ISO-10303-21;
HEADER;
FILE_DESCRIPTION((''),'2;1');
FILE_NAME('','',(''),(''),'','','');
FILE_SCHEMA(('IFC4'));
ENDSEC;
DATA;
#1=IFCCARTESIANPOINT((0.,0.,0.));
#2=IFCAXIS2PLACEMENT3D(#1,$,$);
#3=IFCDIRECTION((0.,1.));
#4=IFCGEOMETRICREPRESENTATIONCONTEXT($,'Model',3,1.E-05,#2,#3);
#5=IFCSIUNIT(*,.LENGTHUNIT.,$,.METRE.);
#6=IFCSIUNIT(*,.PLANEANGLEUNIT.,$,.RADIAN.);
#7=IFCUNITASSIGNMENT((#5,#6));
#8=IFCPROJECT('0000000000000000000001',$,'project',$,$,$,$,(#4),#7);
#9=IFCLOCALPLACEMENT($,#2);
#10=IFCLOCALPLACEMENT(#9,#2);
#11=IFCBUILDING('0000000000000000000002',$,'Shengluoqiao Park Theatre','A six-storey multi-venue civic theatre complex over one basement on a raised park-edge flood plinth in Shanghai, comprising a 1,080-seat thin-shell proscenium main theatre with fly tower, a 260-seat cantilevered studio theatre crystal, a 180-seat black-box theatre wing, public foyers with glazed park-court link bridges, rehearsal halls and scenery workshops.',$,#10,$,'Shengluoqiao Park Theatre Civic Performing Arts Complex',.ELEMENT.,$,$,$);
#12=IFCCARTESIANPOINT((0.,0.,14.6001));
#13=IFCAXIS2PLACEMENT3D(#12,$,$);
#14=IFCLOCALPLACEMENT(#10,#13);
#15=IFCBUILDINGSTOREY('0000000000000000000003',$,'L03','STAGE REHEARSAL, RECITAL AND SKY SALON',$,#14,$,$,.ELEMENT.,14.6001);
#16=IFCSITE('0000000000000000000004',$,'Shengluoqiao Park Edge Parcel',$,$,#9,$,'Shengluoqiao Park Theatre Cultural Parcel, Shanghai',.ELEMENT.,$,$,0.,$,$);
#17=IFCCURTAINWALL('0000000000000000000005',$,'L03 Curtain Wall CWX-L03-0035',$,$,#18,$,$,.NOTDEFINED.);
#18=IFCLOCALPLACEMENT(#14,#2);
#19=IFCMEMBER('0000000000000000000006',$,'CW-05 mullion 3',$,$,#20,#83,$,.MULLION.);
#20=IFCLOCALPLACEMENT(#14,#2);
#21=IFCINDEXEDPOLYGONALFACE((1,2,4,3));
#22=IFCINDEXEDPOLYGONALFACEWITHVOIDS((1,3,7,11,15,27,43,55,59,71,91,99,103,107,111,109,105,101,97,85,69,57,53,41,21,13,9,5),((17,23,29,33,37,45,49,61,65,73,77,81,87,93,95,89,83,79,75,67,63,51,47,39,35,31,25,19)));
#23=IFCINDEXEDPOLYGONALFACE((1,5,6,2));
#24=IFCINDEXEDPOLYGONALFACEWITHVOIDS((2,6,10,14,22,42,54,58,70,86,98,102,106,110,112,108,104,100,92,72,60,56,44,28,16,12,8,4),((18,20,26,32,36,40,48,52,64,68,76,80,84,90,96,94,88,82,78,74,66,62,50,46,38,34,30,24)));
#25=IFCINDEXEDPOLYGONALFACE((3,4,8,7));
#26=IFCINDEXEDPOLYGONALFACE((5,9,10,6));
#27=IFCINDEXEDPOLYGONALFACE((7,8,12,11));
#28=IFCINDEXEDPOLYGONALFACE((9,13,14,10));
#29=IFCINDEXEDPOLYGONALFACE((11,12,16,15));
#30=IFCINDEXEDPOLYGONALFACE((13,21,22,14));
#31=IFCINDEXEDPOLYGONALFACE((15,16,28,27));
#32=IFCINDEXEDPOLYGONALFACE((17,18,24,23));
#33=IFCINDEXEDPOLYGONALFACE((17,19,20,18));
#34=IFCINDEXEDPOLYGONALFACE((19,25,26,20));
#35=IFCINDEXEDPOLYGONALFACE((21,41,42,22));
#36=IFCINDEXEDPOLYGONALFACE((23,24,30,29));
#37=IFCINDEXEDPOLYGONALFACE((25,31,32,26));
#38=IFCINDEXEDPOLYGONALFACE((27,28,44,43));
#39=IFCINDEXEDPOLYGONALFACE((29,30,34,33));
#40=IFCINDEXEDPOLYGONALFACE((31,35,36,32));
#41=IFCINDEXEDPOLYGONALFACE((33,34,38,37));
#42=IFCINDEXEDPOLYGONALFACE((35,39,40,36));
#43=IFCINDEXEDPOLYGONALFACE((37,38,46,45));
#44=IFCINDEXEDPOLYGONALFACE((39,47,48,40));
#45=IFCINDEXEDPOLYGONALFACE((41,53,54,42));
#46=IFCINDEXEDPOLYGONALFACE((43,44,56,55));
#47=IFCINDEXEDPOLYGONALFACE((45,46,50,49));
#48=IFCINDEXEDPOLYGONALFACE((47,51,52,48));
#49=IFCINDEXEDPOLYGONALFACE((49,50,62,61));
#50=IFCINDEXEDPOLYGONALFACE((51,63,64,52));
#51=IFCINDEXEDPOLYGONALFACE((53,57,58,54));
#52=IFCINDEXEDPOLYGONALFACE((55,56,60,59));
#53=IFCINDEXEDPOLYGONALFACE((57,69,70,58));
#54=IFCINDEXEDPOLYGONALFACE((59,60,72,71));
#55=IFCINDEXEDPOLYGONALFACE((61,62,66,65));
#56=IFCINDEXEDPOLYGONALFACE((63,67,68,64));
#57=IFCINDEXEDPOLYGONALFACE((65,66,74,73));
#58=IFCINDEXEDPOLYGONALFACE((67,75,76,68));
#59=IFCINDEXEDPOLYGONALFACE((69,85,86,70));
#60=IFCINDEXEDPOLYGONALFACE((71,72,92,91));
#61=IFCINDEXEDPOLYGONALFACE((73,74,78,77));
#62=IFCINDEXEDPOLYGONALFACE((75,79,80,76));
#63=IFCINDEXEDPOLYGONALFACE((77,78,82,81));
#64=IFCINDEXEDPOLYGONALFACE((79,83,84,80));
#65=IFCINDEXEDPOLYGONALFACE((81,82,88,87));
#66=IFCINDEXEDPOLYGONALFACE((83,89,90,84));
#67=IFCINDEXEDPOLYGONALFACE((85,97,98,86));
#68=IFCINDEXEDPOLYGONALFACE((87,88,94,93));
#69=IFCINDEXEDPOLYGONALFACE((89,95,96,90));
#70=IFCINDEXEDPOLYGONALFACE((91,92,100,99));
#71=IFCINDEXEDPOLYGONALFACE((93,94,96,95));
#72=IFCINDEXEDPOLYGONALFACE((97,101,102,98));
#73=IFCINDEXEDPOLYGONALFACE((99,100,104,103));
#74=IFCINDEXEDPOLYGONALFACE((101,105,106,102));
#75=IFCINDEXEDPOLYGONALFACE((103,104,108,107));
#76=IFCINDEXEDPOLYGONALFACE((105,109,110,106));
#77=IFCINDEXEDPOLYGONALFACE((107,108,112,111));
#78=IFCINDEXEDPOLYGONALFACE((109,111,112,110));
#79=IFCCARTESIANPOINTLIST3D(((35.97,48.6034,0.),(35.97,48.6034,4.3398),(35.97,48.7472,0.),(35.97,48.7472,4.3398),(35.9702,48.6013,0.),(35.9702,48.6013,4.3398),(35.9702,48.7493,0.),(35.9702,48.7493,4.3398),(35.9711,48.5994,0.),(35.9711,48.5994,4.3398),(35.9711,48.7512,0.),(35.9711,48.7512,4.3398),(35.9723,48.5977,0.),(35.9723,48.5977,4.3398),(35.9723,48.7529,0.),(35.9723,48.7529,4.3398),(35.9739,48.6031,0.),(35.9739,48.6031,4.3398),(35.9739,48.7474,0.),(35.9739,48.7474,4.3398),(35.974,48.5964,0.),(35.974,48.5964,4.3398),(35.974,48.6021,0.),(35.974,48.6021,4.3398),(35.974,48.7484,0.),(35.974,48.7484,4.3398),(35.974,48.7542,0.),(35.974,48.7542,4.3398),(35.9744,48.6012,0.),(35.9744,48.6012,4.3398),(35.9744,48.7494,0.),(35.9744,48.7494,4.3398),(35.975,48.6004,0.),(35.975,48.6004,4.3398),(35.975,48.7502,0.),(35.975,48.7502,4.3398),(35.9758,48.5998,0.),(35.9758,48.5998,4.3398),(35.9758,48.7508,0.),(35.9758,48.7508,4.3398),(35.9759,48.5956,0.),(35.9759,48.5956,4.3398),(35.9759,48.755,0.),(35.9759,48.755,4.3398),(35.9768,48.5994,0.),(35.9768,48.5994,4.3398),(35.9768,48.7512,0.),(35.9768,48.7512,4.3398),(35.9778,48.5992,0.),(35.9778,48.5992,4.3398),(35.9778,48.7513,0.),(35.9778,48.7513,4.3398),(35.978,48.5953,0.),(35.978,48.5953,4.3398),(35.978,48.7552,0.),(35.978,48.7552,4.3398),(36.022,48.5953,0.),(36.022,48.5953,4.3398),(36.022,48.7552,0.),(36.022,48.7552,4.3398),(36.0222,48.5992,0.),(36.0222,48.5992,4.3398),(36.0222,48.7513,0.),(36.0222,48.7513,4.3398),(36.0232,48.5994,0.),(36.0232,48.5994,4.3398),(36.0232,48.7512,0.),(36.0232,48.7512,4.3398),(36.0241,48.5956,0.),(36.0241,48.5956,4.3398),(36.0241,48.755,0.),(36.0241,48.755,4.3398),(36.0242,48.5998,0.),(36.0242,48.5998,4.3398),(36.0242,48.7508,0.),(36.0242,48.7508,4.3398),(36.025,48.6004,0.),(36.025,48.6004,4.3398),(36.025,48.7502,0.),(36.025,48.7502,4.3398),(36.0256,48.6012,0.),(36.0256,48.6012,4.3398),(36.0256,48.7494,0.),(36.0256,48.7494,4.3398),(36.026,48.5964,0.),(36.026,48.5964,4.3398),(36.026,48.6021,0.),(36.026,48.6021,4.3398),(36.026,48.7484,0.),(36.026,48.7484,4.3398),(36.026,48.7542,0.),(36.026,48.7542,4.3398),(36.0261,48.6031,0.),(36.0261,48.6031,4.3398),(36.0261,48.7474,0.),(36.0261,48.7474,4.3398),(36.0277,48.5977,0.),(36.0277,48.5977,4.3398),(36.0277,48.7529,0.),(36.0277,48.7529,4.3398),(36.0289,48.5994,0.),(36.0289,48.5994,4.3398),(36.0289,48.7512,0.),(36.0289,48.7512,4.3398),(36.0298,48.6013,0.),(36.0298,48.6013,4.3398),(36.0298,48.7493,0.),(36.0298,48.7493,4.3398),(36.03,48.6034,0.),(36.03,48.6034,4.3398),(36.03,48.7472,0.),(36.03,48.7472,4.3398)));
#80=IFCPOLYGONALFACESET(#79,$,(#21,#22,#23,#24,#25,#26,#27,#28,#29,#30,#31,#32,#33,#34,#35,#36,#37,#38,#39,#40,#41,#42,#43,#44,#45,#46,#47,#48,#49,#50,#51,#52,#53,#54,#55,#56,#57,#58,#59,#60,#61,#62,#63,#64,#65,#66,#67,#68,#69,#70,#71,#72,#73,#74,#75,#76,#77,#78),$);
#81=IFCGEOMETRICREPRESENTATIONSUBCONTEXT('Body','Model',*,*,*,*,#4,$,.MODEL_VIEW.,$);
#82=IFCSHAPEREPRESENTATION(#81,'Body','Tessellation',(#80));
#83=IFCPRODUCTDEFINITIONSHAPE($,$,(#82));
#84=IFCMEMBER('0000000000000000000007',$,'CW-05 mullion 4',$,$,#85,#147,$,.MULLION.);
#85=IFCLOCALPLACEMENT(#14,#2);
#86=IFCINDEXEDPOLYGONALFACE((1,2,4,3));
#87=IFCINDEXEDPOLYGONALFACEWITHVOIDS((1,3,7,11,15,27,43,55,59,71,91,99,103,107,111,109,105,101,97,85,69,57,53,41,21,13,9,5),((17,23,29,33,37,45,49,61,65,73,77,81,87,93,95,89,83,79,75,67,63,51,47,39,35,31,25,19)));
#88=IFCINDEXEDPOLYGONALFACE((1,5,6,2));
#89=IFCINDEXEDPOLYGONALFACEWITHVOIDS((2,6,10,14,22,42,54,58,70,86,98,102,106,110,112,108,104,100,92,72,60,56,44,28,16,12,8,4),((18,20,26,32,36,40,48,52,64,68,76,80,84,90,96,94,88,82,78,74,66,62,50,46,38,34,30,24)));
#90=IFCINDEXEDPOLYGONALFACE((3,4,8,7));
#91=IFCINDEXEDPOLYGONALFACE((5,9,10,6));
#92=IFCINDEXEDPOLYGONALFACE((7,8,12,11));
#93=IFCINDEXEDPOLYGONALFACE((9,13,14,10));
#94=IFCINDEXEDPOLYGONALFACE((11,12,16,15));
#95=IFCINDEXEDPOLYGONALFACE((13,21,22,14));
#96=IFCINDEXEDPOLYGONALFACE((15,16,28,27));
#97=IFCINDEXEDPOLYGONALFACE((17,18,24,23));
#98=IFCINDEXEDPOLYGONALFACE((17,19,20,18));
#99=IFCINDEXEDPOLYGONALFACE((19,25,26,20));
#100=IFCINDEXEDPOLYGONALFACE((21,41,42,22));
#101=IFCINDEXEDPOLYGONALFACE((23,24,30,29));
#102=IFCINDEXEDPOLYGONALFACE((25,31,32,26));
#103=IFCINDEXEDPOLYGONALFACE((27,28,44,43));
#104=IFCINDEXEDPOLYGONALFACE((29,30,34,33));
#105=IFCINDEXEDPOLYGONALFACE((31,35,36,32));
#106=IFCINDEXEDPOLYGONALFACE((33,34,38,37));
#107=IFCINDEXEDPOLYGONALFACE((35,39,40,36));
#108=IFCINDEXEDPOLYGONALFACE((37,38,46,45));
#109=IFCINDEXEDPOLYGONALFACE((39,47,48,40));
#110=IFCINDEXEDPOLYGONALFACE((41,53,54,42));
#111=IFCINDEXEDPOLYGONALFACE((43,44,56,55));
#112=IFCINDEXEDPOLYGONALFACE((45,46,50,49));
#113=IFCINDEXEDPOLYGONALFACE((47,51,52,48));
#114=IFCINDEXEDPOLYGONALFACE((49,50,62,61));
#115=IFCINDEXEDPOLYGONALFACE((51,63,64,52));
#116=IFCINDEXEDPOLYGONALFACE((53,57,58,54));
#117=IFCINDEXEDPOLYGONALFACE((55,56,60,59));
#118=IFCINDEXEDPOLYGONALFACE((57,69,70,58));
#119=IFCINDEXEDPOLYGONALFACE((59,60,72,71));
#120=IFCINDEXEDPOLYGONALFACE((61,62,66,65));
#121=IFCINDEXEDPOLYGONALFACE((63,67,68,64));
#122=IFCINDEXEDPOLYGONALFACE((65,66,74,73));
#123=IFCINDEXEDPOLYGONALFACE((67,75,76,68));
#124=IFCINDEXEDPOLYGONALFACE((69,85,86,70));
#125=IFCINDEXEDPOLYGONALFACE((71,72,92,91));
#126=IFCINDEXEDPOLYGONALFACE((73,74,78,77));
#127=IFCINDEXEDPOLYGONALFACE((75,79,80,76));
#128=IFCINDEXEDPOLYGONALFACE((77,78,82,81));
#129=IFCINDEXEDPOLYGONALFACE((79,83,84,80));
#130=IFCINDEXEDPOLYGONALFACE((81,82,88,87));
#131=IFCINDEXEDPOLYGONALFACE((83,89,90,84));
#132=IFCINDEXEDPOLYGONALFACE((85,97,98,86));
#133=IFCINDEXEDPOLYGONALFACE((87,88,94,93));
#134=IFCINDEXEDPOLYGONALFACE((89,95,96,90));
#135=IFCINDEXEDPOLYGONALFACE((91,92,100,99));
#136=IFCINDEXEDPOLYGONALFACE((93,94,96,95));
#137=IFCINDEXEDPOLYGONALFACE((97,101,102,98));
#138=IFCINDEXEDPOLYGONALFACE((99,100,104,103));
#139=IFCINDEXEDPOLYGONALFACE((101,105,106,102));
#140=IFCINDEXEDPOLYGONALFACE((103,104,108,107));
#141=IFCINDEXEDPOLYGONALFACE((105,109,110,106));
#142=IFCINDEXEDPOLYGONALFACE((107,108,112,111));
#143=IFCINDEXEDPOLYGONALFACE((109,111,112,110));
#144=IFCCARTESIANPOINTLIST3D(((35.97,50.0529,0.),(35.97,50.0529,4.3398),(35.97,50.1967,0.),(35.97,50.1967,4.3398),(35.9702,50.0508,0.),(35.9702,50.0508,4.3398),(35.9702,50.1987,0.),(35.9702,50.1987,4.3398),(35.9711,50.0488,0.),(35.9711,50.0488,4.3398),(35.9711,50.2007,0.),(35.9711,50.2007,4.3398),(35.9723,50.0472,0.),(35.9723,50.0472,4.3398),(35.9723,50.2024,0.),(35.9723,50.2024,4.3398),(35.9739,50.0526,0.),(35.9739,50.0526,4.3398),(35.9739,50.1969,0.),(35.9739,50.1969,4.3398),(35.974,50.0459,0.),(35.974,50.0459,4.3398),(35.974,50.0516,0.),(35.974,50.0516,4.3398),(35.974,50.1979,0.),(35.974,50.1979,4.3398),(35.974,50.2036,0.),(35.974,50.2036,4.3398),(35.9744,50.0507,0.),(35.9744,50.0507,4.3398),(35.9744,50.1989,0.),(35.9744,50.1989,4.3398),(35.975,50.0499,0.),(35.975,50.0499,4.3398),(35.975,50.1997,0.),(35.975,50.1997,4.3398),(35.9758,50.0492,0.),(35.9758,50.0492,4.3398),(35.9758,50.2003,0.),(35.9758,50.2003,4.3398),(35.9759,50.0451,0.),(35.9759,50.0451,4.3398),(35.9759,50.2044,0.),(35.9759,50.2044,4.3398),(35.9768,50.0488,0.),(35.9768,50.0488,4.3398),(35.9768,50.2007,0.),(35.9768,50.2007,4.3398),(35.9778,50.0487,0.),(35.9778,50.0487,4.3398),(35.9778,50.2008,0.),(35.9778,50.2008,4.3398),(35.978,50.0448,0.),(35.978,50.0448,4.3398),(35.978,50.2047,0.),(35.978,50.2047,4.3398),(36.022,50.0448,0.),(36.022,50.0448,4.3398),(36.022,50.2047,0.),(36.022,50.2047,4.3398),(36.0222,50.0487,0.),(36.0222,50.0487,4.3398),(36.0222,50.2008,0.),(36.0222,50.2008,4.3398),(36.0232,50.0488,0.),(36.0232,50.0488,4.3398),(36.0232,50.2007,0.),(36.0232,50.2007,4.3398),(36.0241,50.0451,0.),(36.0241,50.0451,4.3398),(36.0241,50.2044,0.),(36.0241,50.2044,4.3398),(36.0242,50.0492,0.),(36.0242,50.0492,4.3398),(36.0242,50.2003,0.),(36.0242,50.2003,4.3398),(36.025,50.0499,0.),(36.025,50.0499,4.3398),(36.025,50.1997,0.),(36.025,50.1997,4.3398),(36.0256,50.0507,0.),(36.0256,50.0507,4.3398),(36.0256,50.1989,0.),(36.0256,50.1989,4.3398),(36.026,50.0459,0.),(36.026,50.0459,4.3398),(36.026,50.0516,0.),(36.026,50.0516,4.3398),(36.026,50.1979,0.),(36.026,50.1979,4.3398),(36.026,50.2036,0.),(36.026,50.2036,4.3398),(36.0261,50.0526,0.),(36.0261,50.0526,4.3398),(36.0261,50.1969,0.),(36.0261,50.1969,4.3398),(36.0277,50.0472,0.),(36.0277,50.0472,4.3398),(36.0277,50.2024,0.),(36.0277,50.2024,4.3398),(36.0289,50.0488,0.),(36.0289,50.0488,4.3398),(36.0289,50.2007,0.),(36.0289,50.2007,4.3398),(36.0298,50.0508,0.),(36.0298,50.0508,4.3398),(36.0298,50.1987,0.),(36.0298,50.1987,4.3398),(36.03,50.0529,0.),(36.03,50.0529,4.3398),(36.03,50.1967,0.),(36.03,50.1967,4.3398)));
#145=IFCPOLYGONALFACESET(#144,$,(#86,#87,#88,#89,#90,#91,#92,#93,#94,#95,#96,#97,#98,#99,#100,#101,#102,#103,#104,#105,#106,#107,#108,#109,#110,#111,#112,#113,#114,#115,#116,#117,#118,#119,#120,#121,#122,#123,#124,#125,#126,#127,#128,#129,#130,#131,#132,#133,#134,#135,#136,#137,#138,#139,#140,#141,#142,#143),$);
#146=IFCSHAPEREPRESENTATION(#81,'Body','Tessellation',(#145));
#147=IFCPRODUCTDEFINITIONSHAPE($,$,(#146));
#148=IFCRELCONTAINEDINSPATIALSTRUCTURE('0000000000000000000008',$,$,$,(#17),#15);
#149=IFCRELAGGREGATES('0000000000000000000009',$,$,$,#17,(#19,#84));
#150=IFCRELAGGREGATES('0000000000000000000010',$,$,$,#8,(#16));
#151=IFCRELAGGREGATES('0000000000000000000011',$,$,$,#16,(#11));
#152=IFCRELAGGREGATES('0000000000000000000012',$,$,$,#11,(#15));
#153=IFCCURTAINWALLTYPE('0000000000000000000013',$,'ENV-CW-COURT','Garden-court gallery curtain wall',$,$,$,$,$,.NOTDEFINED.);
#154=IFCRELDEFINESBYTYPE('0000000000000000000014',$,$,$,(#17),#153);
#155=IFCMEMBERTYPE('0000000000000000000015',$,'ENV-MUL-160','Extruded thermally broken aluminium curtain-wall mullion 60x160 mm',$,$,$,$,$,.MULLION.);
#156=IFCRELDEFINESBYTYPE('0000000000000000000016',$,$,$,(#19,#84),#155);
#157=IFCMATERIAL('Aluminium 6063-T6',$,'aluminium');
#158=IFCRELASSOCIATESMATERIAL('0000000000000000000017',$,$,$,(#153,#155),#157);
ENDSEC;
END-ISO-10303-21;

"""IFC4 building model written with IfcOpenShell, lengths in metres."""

from ifc_helpers import new_model, si_unit, direction, frame, origin, origin_2d, place, context, subcontext, project, spatial, hollow_rectangle, extrude, material, material_profile, profile_set, type_object, element, aggregate, save


model = new_model("IFC4")

# Units and contexts
model_context = context("Model", 3, precision=1e-05, world=origin(), true_north=direction((0.0, 1.0)))
body_context = subcontext(model_context, "Body", "Model", "MODEL_VIEW")
ifc_project = project(units=[si_unit("LENGTHUNIT", "METRE"), si_unit("PLANEANGLEUNIT", "RADIAN")], contexts=[model_context])

# Site, building, storey
site_placement = place(None, origin())
site = spatial("IfcSite", under=ifc_project, at=site_placement, Name="Shengluoqiao Park Edge Parcel", LongName="Shengluoqiao Park Theatre Cultural Parcel, Shanghai", CompositionType="ELEMENT", RefElevation=0.0)
building_placement = place(site_placement, origin())
building = spatial("IfcBuilding", under=site, at=building_placement, Name="Shengluoqiao Park Theatre", Description="A six-storey multi-venue civic theatre complex over one basement on a raised park-edge flood plinth in Shanghai, comprising a 1,080-seat thin-shell proscenium main theatre with fly tower, a 260-seat cantilevered studio theatre crystal, a 180-seat black-box theatre wing, public foyers with glazed park-court link bridges, rehearsal halls and scenery workshops.", LongName="Shengluoqiao Park Theatre Civic Performing Arts Complex", CompositionType="ELEMENT")
storey_placement = place(building_placement, frame((0.0, 0.0, 14.6001)))
storey = spatial("IfcBuildingStorey", under=building, at=storey_placement, Name="L03", Description="STAGE REHEARSAL, RECITAL AND SKY SALON", CompositionType="ELEMENT", Elevation=14.6001)

# Curtain wall, members
ifc_material_1 = material(Name="Aluminium 6063-T6", Category="aluminium")
curtain_wall_type = type_object("IfcCurtainWallType", Name="ENV-CW-COURT", Description="Garden-court gallery curtain wall", PredefinedType="NOTDEFINED", material=ifc_material_1)
curtain_wall_placement = place(storey_placement, origin())
curtain_wall = element("IfcCurtainWall", 1, at=curtain_wall_placement, inside=storey, type_object=curtain_wall_type, Name="L03 Curtain Wall CWX-L03-0035", PredefinedType="NOTDEFINED")
ifc_material_profile_1 = material_profile(ifc_material_1, hollow_rectangle(XDim=0.0601, YDim=0.1599, WallThickness=0.0039, InnerFilletRadius=0.0039, OuterFilletRadius=0.0081, at=origin_2d()), Name="ALU MULLION 160x60x4")
ifc_profile_set_1 = profile_set([ifc_material_profile_1], Name="Aluminium 6063-T6")
member_type_1 = type_object("IfcMemberType", Name="ENV-MUL-160", Description="Extruded thermally broken aluminium curtain-wall mullion 60x160 mm", PredefinedType="MULLION", material=ifc_profile_set_1)
member_1_placement = place(storey_placement, frame((36.0, 48.6753, 0.0), z_axis=(0.0, 0.0, 1.0), x_axis=(-1.0, 0.0, 0.0)))
member_1 = element("IfcMember", 2, at=member_1_placement, type_object=member_type_1, Name="CW-05 mullion 3", PredefinedType="MULLION", context=body_context, shape_type="SweptSolid", body=[
    extrude(hollow_rectangle(XDim=0.0601, YDim=0.1599, WallThickness=0.0039, InnerFilletRadius=0.0039, OuterFilletRadius=0.0081, at=origin_2d()), origin(), (0.0, 0.0, 1.0), 4.3398),
])
member_2_placement = place(storey_placement, frame((36.0, 50.1248, 0.0), z_axis=(0.0, 0.0, 1.0), x_axis=(-1.0, 0.0, 0.0)))
member_2 = element("IfcMember", 3, at=member_2_placement, type_object=member_type_1, Name="CW-05 mullion 4", PredefinedType="MULLION", context=body_context, shape_type="SweptSolid", body=[
    extrude(hollow_rectangle(XDim=0.0601, YDim=0.1599, WallThickness=0.0039, InnerFilletRadius=0.0039, OuterFilletRadius=0.0081, at=origin_2d()), origin(), (0.0, 0.0, 1.0), 4.3398),
])

aggregate(curtain_wall, [member_1, member_2])

save(model, "model.ifc")
